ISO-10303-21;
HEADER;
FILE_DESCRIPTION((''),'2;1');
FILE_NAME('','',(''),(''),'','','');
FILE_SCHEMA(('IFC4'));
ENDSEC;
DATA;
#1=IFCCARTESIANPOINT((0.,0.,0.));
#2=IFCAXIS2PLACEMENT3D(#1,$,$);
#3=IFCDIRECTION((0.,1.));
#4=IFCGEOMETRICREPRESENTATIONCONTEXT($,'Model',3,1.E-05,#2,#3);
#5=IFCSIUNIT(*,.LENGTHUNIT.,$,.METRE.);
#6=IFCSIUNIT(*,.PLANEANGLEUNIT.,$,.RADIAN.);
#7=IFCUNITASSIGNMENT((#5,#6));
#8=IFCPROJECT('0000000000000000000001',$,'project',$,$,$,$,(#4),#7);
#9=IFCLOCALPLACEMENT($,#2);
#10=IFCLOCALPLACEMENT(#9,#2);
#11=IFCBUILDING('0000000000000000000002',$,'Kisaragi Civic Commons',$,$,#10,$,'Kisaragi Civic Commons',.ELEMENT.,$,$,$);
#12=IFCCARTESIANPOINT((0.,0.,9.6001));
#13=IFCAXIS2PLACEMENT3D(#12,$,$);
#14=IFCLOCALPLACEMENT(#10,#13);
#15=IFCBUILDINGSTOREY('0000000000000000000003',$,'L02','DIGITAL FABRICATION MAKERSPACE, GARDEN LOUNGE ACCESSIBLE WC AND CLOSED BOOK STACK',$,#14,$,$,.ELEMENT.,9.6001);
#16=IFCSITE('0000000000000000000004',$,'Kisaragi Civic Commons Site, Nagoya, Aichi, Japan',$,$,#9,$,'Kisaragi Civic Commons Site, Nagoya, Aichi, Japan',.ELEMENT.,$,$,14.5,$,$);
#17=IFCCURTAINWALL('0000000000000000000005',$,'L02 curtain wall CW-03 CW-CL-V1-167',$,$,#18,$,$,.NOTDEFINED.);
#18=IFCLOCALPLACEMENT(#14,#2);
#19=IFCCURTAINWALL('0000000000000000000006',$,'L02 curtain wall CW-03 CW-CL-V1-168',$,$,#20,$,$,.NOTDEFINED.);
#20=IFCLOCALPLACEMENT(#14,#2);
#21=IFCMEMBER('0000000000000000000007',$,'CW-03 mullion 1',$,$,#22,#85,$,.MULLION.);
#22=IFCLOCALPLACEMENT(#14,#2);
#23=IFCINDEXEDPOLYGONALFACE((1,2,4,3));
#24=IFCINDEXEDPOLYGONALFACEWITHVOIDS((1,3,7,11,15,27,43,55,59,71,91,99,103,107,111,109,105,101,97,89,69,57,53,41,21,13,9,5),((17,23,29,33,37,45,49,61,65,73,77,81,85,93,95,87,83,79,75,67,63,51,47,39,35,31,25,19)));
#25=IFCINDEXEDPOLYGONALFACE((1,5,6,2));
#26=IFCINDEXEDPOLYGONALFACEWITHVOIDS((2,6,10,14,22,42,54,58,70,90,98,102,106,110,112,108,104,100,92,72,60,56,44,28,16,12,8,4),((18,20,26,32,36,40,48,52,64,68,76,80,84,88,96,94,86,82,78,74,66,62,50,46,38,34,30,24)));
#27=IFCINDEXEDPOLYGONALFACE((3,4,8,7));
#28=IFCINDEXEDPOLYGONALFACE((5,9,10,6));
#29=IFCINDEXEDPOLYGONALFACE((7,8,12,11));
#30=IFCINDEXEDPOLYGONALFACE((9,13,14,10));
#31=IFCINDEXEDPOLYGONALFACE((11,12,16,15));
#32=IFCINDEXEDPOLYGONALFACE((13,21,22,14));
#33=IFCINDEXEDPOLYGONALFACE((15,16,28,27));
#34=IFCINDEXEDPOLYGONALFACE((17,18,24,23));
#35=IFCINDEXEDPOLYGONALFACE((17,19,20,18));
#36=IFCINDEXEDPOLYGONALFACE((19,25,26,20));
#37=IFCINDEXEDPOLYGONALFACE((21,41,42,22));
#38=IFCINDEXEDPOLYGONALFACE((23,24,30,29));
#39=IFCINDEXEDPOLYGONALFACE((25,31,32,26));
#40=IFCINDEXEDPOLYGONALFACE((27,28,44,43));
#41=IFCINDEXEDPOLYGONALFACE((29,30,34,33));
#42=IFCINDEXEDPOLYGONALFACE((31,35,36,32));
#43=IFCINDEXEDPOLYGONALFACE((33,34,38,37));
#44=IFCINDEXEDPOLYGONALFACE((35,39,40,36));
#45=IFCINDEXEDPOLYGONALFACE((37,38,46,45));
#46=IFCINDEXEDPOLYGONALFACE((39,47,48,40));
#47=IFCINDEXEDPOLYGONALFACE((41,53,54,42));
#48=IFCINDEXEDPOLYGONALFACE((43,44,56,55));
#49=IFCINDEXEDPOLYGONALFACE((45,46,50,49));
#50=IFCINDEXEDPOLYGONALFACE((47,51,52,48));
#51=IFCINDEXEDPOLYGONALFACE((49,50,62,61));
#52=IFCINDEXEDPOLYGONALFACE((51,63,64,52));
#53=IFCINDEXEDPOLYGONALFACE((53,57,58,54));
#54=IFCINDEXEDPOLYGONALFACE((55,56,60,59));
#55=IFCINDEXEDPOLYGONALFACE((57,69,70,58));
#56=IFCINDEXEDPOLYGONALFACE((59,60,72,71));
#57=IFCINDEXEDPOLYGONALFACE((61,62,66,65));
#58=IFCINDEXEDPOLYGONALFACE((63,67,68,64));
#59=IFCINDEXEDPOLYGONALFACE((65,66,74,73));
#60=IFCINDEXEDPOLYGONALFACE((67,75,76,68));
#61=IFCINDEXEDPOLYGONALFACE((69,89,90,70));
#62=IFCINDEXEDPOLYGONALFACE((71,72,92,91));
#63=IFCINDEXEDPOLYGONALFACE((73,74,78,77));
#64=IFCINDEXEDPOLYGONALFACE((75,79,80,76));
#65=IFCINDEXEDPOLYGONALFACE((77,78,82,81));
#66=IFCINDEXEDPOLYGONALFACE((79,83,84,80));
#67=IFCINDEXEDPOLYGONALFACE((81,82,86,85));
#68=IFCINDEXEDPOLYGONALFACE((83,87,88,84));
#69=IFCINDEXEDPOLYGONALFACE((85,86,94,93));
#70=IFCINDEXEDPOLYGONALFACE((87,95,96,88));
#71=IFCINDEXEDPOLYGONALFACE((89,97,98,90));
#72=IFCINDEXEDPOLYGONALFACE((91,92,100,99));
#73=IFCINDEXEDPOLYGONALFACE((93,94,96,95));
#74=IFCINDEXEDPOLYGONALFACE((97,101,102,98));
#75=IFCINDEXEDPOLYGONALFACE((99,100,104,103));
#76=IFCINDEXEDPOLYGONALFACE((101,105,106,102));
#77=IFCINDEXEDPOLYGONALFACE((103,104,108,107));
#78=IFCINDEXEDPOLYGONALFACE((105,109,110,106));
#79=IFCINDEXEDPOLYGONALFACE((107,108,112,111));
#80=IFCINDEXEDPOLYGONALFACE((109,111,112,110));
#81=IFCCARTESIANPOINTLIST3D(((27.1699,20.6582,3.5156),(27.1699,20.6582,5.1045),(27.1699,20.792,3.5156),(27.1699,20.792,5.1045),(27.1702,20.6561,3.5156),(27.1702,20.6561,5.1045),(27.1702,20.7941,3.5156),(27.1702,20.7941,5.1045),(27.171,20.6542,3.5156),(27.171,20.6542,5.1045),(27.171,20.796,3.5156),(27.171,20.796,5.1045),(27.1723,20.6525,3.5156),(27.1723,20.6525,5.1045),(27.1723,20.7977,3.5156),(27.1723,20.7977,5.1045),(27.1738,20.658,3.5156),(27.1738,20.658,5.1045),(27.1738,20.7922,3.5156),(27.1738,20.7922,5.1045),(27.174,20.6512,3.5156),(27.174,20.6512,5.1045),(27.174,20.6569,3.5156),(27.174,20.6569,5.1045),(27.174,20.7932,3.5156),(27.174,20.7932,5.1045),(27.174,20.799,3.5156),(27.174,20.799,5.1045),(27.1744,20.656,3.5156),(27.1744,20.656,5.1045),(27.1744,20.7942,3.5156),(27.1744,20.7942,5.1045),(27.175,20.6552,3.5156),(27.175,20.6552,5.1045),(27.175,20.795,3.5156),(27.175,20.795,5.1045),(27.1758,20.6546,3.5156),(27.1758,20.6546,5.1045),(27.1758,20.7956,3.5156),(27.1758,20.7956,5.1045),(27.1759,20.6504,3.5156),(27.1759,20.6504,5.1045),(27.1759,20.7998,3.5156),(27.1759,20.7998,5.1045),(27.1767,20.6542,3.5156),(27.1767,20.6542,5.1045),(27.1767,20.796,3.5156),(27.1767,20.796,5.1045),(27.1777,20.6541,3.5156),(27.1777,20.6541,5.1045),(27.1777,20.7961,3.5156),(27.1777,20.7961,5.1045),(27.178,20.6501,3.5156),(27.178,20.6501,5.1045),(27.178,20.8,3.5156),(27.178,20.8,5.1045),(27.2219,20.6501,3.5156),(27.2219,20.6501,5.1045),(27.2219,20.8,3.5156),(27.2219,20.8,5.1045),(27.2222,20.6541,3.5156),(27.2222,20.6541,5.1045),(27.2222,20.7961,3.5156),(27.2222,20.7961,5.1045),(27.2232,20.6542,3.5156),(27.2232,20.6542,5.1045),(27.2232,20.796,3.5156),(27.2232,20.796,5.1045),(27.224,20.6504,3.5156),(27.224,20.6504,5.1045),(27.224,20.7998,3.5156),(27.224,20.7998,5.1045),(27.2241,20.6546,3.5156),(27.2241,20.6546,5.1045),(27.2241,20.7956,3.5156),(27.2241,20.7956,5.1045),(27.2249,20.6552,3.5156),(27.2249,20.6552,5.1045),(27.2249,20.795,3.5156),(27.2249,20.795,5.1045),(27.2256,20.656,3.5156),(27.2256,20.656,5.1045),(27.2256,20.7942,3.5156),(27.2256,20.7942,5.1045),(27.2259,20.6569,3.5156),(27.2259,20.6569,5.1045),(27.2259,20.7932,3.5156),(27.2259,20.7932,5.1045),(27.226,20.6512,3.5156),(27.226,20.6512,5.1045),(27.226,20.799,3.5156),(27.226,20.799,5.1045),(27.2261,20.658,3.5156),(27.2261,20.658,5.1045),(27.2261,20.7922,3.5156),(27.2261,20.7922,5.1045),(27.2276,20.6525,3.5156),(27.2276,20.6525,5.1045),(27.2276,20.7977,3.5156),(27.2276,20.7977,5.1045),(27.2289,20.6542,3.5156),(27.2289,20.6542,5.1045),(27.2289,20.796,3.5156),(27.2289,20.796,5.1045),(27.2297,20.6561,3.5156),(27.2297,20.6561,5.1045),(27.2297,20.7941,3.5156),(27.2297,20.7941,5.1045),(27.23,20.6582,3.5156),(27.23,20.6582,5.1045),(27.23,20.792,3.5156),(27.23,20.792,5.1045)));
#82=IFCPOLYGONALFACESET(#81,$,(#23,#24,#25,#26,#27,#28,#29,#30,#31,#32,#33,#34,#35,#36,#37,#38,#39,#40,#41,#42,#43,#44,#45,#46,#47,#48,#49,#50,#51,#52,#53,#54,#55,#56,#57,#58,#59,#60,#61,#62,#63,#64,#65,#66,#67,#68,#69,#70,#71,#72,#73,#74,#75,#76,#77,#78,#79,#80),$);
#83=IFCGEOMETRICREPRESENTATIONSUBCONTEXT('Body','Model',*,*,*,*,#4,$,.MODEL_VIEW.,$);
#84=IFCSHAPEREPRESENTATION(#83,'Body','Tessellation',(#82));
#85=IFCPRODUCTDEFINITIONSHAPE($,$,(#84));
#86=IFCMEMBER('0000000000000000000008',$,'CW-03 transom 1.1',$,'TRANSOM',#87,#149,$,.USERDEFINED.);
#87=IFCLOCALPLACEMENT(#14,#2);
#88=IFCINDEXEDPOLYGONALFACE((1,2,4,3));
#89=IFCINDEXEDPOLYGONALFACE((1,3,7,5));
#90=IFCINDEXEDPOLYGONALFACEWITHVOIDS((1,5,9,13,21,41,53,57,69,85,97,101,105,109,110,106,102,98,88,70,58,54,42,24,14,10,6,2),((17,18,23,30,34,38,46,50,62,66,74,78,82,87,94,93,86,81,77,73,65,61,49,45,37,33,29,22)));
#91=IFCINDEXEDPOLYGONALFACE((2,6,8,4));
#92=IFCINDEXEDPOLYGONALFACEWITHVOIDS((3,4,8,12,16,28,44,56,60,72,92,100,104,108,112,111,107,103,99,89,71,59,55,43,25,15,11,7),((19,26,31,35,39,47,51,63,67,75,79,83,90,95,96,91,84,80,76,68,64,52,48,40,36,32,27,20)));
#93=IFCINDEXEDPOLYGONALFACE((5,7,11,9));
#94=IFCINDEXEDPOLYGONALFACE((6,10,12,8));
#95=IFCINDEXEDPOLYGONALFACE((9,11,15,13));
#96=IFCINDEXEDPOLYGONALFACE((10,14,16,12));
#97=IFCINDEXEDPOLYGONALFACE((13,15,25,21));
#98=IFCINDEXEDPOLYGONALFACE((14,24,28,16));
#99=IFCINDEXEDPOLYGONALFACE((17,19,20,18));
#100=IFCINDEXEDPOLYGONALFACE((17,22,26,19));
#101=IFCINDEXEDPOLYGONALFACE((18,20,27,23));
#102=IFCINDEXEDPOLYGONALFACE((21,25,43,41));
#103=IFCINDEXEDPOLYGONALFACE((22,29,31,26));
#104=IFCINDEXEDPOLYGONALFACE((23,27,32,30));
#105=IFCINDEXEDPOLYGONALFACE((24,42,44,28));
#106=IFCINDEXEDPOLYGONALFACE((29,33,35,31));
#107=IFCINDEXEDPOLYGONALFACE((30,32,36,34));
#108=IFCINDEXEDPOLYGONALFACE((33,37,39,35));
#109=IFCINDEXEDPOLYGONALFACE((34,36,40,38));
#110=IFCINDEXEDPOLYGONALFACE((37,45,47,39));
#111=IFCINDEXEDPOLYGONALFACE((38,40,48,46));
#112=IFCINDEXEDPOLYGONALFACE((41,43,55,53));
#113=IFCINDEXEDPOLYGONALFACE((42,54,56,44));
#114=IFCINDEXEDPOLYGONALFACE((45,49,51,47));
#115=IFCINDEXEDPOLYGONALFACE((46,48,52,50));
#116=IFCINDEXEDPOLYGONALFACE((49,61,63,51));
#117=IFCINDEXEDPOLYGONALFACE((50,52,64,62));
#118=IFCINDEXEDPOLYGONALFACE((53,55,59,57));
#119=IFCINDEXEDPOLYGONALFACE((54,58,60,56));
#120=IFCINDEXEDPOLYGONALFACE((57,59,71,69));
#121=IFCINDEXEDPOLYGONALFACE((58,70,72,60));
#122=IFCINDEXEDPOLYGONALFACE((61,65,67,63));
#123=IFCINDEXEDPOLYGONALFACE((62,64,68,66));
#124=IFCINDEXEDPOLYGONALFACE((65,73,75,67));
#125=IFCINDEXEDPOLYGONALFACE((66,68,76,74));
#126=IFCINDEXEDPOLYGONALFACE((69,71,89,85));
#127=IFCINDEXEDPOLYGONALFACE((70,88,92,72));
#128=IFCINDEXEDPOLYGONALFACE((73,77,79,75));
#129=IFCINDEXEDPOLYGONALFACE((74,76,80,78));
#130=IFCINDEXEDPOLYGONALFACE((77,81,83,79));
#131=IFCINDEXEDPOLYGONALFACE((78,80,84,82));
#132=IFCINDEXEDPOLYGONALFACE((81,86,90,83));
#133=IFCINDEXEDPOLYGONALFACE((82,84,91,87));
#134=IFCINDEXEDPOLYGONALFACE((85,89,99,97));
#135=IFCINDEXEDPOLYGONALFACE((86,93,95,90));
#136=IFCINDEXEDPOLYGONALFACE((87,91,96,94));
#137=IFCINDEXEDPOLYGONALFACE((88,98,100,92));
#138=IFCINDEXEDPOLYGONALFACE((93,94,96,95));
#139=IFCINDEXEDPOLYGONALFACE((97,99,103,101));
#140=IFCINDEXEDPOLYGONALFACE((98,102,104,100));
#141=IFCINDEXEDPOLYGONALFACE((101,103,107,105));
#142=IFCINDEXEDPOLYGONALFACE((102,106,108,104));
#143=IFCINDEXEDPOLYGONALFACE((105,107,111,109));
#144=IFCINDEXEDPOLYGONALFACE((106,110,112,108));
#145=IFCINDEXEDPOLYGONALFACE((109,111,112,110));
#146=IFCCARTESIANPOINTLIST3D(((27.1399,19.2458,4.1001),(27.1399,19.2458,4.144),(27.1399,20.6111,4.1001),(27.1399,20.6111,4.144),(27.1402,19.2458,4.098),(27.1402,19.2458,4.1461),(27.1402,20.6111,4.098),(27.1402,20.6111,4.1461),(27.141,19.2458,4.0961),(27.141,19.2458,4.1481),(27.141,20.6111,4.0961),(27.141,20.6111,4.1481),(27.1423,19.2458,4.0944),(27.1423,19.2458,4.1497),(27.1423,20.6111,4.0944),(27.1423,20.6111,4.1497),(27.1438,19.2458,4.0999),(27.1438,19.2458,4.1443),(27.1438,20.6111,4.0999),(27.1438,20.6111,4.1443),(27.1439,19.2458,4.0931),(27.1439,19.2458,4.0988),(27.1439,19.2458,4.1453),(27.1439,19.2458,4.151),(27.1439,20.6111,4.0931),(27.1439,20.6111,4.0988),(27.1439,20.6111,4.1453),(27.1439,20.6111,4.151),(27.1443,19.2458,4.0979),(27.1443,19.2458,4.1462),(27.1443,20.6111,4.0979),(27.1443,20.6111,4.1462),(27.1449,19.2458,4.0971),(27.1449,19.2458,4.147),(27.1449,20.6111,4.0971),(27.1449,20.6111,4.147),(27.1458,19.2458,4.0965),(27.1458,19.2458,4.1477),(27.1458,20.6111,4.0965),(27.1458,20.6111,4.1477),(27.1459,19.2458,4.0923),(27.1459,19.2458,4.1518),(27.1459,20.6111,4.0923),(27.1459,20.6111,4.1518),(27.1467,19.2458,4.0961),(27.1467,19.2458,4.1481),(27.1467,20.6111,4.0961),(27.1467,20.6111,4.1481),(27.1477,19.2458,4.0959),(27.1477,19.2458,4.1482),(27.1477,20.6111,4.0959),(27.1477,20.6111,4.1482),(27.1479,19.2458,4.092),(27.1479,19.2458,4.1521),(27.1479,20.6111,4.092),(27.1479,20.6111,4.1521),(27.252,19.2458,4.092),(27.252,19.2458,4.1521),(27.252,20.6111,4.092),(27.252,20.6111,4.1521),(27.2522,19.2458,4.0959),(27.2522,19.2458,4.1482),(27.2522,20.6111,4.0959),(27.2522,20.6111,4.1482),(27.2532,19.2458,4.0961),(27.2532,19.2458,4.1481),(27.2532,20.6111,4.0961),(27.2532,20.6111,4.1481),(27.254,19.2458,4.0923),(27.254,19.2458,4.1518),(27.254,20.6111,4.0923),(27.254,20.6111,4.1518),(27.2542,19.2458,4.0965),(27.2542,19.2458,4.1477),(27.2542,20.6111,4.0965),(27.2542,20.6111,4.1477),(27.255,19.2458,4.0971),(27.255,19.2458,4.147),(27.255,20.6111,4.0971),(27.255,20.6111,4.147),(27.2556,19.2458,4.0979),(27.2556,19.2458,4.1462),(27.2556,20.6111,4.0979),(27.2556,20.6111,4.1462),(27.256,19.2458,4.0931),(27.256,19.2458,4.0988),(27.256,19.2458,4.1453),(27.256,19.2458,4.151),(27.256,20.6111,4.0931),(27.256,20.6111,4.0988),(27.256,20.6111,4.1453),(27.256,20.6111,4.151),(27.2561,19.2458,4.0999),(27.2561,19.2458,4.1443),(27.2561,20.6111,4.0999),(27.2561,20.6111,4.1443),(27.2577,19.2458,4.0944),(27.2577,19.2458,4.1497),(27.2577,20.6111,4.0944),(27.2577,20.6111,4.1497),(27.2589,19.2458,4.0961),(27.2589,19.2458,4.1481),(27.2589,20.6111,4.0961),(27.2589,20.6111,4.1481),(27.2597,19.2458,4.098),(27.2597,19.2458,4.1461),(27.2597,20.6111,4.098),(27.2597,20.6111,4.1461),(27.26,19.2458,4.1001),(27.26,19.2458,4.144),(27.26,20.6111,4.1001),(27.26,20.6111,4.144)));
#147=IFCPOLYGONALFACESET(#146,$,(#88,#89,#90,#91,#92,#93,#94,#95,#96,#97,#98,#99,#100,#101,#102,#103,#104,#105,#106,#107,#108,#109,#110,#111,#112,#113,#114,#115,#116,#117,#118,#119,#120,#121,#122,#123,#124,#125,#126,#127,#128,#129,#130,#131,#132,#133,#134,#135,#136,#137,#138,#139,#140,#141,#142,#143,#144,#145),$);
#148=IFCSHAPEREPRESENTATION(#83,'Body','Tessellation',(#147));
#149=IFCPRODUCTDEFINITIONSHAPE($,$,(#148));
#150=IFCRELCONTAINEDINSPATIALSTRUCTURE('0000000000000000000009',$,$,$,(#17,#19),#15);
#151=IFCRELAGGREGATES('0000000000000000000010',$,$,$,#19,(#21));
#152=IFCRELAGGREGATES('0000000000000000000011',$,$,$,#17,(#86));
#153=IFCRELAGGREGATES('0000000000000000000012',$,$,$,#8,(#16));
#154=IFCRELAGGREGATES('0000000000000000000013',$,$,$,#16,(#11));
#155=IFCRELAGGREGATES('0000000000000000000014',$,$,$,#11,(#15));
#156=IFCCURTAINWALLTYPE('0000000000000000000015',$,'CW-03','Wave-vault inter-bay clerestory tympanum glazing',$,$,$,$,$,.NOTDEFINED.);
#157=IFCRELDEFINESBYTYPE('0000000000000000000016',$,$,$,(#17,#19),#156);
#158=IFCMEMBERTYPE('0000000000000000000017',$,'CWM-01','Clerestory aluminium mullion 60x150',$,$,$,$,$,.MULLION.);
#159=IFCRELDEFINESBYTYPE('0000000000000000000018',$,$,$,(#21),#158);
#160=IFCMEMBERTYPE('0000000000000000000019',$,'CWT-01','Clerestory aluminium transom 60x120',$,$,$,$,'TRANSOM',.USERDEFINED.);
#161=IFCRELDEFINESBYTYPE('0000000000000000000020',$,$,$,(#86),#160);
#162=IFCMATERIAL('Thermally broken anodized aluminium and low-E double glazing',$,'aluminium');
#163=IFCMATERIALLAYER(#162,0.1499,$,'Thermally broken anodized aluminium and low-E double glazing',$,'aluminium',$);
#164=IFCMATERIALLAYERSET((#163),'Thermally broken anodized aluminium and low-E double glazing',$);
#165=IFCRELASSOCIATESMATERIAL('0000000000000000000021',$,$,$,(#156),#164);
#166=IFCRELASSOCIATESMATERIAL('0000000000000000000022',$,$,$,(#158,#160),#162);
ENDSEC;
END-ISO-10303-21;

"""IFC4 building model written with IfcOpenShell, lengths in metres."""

from ifc_helpers import new_model, si_unit, direction, frame, origin, origin_2d, place, context, subcontext, project, spatial, hollow_rectangle, extrude, material, layer, layer_set, material_profile, profile_set, type_object, element, aggregate, save


model = new_model("IFC4")

# Units and contexts
model_context = context("Model", 3, precision=1e-05, world=origin(), true_north=direction((0.0, 1.0)))
body_context = subcontext(model_context, "Body", "Model", "MODEL_VIEW")
ifc_project = project(units=[si_unit("LENGTHUNIT", "METRE"), si_unit("PLANEANGLEUNIT", "RADIAN")], contexts=[model_context])

# Site, building, storey
site_placement = place(None, origin())
site = spatial("IfcSite", under=ifc_project, at=site_placement, Name="Kisaragi Civic Commons Site, Nagoya, Aichi, Japan", LongName="Kisaragi Civic Commons Site, Nagoya, Aichi, Japan", CompositionType="ELEMENT", RefElevation=14.5)
building_placement = place(site_placement, origin())
building = spatial("IfcBuilding", under=site, at=building_placement, Name="Kisaragi Civic Commons", LongName="Kisaragi Civic Commons", CompositionType="ELEMENT")
storey_placement = place(building_placement, frame((0.0, 0.0, 9.6001)))
storey = spatial("IfcBuildingStorey", under=building, at=storey_placement, Name="L02", Description="DIGITAL FABRICATION MAKERSPACE, GARDEN LOUNGE ACCESSIBLE WC AND CLOSED BOOK STACK", CompositionType="ELEMENT", Elevation=9.6001)

# Curtain wall
ifc_material_1 = material(Name="Thermally broken anodized aluminium and low-E double glazing", Category="aluminium")
ifc_layer_1 = layer(ifc_material_1, 0.1499, Name="Thermally broken anodized aluminium and low-E double glazing", Category="aluminium")
ifc_layer_set_1 = layer_set([ifc_layer_1], Name="Thermally broken anodized aluminium and low-E double glazing")
curtain_wall_type = type_object("IfcCurtainWallType", Name="CW-03", Description="Wave-vault inter-bay clerestory tympanum glazing", PredefinedType="NOTDEFINED", material=ifc_layer_set_1)
curtain_wall_1_placement = place(storey_placement, origin())
curtain_wall_1 = element("IfcCurtainWall", 1, at=curtain_wall_1_placement, inside=storey, type_object=curtain_wall_type, Name="L02 curtain wall CW-03 CW-CL-V1-167", PredefinedType="NOTDEFINED")
ifc_material_profile_1 = material_profile(ifc_material_1, hollow_rectangle(XDim=0.0601, YDim=0.1499, WallThickness=0.0039, InnerFilletRadius=0.0039, OuterFilletRadius=0.0081, at=origin_2d()), Name="CWM-60x150x4", Category="aluminium")
ifc_profile_set_1 = profile_set([ifc_material_profile_1], Name="Thermally broken anodized aluminium and low-E double glazing")
member_type_1 = type_object("IfcMemberType", Name="CWM-01", Description="Clerestory aluminium mullion 60x150", PredefinedType="MULLION", material=ifc_profile_set_1)

# Curtain wall, member
curtain_wall_2_placement = place(storey_placement, origin())
curtain_wall_2 = element("IfcCurtainWall", 2, at=curtain_wall_2_placement, inside=storey, type_object=curtain_wall_type, Name="L02 curtain wall CW-03 CW-CL-V1-168", PredefinedType="NOTDEFINED")
member_1_placement = place(storey_placement, frame((27.2, 20.7251, 3.5156), z_axis=(0.0, 0.0, 1.0), x_axis=(-1.0, 0.0, 0.0)))
member_1 = element("IfcMember", 3, at=member_1_placement, type_object=member_type_1, Name="CW-03 mullion 1", PredefinedType="MULLION", context=body_context, shape_type="SweptSolid", body=[
    extrude(hollow_rectangle(XDim=0.0601, YDim=0.1499, WallThickness=0.0039, InnerFilletRadius=0.0039, OuterFilletRadius=0.0081, at=origin_2d()), origin(), (0.0, 0.0, 1.0), 1.5889),
])
aggregate(curtain_wall_2, [member_1])

# Member
ifc_material_profile_2 = material_profile(ifc_material_1, hollow_rectangle(XDim=0.1201, YDim=0.0601, WallThickness=0.0039, InnerFilletRadius=0.0039, OuterFilletRadius=0.0081, at=origin_2d()), Name="CWT-60x120x4", Category="aluminium")
ifc_profile_set_2 = profile_set([ifc_material_profile_2], Name="Thermally broken anodized aluminium and low-E double glazing")
member_type_2 = type_object("IfcMemberType", Name="CWT-01", Description="Clerestory aluminium transom 60x120", ElementType="TRANSOM", PredefinedType="USERDEFINED", material=ifc_profile_set_2)
member_2_placement = place(storey_placement, frame((27.2, 19.2458, 4.1221), z_axis=(0.0, 1.0, 0.0), x_axis=(-1.0, 0.0, 0.0)))
member_2 = element("IfcMember", 4, at=member_2_placement, type_object=member_type_2, Name="CW-03 transom 1.1", ObjectType="TRANSOM", PredefinedType="USERDEFINED", context=body_context, shape_type="SweptSolid", body=[
    extrude(hollow_rectangle(XDim=0.1201, YDim=0.0601, WallThickness=0.0039, InnerFilletRadius=0.0039, OuterFilletRadius=0.0081, at=origin_2d()), origin(), (0.0, 0.0, 1.0), 1.3652),
])

aggregate(curtain_wall_1, [member_2])

save(model, "model.ifc")
